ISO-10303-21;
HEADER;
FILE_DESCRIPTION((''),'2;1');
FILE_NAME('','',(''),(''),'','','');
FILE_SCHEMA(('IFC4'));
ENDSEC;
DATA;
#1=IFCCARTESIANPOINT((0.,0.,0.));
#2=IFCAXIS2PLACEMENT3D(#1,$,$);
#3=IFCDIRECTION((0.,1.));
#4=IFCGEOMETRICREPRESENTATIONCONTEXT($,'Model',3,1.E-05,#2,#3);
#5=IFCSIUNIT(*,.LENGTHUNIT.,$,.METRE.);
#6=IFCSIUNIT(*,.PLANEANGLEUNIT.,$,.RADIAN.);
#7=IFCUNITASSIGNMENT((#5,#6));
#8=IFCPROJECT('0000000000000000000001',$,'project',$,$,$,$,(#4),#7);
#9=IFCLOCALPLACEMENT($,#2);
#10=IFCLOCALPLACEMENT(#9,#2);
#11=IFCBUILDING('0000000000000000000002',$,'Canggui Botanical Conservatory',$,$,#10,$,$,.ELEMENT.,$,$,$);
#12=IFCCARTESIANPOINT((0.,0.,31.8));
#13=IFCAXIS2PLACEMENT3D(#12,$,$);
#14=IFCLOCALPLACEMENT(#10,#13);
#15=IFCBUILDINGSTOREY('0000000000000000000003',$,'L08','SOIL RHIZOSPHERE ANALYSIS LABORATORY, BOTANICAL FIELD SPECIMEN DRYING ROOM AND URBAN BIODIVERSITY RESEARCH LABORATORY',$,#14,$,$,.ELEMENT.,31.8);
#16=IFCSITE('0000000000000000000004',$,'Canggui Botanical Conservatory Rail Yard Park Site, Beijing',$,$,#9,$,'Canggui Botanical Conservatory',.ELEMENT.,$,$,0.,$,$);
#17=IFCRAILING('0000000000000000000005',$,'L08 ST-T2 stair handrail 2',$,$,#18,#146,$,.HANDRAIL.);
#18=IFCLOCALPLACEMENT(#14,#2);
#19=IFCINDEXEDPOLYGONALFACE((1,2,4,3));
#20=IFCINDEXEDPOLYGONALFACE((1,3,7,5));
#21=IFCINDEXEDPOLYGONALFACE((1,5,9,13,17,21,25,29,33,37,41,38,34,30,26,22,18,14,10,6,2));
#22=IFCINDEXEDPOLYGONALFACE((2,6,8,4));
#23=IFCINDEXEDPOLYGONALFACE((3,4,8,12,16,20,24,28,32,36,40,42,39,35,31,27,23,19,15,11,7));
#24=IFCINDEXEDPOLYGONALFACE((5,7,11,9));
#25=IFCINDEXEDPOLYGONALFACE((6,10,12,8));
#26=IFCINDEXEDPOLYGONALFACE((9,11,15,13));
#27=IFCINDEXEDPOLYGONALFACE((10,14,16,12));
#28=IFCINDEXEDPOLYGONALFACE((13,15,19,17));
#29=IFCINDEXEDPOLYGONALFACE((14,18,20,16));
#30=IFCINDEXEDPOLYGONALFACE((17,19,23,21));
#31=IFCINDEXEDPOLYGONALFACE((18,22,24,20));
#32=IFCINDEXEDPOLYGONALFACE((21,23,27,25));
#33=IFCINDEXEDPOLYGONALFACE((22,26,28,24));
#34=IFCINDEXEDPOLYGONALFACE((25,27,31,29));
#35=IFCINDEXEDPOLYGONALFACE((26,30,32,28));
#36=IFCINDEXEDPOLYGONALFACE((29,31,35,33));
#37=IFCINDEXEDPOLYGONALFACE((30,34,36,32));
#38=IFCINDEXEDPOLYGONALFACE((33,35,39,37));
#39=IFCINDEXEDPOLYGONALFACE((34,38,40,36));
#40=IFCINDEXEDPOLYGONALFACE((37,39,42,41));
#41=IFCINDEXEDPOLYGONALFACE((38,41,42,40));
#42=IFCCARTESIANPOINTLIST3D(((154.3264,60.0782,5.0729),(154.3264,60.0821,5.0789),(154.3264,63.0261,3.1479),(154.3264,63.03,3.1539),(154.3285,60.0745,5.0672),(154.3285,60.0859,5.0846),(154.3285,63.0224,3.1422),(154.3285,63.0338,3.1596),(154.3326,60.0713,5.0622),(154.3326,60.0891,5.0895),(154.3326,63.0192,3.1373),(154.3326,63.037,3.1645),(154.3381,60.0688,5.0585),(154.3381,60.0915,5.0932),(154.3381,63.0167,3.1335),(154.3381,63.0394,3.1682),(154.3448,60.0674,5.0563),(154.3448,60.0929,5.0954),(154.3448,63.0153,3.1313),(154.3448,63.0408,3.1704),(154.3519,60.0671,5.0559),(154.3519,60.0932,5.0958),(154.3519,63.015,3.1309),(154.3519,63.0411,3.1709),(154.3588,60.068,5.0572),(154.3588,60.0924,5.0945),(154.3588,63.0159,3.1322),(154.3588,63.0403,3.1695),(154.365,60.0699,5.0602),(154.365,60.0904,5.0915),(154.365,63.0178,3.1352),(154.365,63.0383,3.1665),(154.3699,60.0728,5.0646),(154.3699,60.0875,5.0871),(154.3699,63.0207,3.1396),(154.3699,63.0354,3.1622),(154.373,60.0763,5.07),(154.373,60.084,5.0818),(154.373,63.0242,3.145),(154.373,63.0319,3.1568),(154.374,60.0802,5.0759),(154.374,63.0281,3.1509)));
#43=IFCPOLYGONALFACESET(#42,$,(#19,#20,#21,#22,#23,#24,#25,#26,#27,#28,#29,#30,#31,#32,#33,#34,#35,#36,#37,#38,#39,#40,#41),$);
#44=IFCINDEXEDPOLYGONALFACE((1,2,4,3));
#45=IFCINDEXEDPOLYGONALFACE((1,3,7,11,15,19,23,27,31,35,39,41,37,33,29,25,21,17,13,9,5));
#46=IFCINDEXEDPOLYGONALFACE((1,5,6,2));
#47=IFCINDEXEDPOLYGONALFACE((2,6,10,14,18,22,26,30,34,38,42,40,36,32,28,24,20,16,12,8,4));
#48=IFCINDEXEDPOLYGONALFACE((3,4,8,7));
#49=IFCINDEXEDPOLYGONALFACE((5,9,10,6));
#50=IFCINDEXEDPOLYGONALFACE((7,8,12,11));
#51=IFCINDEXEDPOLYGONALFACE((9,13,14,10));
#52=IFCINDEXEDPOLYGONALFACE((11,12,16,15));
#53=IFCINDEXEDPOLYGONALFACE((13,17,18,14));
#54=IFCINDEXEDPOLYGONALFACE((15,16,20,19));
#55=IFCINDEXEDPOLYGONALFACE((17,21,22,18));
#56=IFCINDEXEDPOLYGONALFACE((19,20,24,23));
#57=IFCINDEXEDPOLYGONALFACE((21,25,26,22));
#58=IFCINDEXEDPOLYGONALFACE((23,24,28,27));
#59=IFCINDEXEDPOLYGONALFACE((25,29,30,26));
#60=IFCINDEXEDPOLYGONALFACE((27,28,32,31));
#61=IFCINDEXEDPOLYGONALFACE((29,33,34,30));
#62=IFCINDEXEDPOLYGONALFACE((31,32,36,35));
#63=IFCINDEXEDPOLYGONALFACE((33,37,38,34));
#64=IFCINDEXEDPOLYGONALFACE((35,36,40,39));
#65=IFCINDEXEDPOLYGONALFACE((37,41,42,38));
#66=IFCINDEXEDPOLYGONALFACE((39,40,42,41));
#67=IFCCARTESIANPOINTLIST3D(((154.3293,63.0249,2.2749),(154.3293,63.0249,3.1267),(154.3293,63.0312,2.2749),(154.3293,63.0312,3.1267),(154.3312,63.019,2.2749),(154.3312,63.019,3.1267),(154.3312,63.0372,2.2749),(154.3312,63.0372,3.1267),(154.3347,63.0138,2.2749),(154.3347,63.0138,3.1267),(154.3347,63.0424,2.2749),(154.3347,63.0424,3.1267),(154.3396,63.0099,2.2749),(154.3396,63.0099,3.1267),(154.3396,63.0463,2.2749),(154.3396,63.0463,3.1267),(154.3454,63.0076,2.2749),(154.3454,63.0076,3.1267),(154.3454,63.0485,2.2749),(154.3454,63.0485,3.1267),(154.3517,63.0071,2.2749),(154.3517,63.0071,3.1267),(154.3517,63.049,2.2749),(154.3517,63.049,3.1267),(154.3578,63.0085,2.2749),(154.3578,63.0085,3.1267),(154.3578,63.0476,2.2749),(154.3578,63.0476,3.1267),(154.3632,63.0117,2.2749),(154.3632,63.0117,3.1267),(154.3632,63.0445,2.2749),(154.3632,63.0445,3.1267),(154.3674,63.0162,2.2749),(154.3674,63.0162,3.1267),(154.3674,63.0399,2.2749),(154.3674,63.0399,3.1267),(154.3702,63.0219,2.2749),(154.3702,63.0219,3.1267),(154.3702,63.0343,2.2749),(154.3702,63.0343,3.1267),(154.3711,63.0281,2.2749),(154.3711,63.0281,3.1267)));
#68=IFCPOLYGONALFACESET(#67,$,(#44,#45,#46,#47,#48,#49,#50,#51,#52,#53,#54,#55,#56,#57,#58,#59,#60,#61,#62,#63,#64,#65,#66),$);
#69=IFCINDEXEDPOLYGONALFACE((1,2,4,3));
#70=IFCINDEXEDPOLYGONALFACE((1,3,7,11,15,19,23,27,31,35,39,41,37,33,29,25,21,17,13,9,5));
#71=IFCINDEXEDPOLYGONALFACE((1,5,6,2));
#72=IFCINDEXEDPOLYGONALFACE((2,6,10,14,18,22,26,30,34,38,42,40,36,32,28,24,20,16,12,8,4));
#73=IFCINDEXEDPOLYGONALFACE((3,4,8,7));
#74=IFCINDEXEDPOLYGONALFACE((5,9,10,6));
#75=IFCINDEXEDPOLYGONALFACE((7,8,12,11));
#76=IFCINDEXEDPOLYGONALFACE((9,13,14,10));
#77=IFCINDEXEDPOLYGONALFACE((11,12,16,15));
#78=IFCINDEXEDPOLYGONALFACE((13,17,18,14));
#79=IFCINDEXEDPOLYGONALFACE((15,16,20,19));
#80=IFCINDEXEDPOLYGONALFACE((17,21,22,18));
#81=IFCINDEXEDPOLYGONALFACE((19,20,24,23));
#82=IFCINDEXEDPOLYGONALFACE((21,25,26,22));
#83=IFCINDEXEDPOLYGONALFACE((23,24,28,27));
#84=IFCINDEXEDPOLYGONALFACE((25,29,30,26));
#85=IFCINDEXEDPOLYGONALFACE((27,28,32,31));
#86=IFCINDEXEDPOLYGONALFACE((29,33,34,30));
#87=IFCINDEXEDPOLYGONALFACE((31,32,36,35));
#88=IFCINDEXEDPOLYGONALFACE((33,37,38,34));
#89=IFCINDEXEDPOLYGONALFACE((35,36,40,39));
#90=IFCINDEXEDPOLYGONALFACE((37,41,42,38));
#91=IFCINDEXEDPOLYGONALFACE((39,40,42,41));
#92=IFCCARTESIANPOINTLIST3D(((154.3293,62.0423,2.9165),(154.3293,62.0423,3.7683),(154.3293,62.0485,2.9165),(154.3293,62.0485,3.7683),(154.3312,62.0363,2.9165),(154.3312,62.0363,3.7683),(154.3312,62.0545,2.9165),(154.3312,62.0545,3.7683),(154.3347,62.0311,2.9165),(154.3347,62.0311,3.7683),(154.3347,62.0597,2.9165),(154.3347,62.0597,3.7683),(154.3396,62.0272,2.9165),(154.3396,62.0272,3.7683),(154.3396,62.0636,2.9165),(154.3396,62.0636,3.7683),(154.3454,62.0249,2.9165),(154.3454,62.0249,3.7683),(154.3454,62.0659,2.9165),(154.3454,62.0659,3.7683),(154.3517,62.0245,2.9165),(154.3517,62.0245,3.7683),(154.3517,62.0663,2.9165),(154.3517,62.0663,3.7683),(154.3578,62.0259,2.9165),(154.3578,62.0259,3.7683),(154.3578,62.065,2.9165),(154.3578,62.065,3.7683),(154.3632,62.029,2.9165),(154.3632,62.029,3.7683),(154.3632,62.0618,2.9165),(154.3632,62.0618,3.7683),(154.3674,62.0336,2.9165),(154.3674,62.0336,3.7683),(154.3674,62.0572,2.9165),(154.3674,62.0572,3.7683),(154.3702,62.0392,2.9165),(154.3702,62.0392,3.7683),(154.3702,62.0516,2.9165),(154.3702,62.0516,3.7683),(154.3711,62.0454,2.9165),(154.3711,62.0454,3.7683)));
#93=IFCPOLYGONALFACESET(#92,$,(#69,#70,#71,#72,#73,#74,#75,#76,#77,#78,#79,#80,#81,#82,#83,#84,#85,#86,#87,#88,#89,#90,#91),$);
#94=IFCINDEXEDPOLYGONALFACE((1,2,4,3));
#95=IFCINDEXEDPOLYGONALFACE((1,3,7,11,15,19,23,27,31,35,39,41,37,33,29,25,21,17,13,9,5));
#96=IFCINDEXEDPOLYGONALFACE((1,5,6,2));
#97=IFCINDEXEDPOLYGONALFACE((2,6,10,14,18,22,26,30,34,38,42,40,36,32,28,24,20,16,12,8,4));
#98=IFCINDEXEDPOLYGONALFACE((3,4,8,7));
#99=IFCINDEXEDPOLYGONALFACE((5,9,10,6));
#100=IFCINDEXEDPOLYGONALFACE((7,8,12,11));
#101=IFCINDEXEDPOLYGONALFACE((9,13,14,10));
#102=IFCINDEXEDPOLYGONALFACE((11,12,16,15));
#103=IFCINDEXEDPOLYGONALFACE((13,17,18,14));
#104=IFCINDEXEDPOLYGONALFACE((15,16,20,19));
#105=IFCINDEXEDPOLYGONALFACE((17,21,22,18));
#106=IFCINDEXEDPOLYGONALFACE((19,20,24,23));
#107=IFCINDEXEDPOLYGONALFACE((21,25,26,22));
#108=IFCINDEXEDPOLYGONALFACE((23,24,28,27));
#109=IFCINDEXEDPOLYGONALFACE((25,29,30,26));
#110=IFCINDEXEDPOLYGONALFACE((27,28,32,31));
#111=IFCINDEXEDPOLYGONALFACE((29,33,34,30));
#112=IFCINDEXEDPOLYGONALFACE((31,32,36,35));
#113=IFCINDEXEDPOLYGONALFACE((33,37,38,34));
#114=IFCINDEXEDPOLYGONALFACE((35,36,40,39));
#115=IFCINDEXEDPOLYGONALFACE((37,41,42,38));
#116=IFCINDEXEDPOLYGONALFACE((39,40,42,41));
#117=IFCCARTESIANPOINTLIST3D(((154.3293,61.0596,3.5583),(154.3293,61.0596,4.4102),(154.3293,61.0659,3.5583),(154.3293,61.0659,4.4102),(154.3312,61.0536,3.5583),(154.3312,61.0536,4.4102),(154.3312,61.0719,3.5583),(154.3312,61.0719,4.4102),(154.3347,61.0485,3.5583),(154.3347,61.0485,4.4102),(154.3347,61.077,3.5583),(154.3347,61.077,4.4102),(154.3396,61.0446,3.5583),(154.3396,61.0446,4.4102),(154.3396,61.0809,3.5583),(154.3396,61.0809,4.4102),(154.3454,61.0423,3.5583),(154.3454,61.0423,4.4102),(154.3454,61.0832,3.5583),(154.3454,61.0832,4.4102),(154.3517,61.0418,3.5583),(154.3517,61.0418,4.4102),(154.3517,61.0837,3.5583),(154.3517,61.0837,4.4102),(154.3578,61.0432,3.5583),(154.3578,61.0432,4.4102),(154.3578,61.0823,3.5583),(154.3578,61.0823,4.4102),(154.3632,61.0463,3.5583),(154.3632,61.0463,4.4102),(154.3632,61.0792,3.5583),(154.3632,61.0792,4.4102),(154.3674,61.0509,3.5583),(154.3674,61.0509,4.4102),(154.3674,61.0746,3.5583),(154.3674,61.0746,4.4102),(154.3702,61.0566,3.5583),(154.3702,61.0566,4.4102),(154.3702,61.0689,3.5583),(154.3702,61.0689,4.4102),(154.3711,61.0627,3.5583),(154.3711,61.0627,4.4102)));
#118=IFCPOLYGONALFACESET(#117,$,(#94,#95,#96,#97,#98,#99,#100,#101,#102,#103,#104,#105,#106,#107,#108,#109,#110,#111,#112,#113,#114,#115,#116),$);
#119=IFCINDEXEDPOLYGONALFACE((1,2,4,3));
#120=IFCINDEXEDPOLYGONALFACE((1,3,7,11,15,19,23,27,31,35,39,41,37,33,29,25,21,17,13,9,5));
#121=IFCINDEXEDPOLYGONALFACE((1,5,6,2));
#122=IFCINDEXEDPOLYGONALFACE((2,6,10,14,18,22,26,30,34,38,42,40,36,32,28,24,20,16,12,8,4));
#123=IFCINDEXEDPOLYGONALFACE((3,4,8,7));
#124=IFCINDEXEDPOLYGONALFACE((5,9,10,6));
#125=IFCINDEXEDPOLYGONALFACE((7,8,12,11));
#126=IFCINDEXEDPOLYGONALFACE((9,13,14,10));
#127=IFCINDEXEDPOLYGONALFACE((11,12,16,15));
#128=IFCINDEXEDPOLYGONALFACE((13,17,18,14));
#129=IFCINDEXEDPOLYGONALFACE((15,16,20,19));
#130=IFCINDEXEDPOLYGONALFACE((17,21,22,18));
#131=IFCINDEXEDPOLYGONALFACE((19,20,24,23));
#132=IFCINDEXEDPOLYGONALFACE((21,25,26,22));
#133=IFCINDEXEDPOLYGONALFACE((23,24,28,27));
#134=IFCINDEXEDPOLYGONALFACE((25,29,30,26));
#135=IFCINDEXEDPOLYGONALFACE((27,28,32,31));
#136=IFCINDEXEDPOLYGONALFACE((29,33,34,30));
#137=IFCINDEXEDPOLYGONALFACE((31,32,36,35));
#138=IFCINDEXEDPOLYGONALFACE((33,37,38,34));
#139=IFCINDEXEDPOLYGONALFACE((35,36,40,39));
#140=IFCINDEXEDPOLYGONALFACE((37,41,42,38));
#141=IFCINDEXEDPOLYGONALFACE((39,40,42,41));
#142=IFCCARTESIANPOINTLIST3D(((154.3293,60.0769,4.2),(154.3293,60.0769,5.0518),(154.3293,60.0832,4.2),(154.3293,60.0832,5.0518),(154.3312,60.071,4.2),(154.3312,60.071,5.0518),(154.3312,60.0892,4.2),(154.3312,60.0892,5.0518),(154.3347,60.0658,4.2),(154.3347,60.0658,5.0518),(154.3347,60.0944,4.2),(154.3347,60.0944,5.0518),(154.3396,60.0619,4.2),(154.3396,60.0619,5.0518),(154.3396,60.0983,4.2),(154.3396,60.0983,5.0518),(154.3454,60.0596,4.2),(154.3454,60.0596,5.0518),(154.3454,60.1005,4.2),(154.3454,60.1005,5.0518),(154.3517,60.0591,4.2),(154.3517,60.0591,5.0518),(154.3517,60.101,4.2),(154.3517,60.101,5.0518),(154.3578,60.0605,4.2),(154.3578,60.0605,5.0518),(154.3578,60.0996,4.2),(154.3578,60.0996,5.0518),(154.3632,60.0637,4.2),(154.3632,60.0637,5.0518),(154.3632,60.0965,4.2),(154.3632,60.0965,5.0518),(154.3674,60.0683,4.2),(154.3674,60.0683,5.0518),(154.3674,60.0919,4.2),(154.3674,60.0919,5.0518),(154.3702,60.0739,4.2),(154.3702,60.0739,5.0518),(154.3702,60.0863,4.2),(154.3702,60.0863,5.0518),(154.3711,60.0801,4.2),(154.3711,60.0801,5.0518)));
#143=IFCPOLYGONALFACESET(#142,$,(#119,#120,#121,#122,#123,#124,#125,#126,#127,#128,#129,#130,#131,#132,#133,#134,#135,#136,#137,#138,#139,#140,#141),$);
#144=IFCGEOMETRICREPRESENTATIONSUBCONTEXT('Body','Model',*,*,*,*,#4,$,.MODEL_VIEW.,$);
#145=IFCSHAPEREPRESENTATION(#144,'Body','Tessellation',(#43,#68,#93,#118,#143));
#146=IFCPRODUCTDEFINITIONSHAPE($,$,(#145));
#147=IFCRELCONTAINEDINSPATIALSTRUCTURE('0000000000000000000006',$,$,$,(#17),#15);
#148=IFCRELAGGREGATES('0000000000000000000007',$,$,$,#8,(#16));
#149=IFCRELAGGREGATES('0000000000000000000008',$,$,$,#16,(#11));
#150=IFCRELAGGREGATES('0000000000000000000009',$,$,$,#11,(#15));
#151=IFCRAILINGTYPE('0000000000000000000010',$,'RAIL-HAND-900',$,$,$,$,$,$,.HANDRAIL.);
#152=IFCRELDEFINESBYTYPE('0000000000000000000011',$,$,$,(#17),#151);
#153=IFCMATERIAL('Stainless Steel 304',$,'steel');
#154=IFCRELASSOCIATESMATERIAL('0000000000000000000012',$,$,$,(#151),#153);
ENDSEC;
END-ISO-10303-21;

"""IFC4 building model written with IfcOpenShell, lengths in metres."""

from ifc_helpers import new_model, si_unit, direction, frame, origin, origin_2d, place, context, subcontext, project, spatial, circle, extrude, material, type_object, element, save


model = new_model("IFC4")

# Units and contexts
model_context = context("Model", 3, precision=1e-05, world=origin(), true_north=direction((0.0, 1.0)))
body_context = subcontext(model_context, "Body", "Model", "MODEL_VIEW")
ifc_project = project(units=[si_unit("LENGTHUNIT", "METRE"), si_unit("PLANEANGLEUNIT", "RADIAN")], contexts=[model_context])

# Site, building, storey
site_placement = place(None, origin())
site = spatial("IfcSite", under=ifc_project, at=site_placement, Name="Canggui Botanical Conservatory Rail Yard Park Site, Beijing", LongName="Canggui Botanical Conservatory", CompositionType="ELEMENT", RefElevation=0.0)
building_placement = place(site_placement, origin())
building = spatial("IfcBuilding", under=site, at=building_placement, Name="Canggui Botanical Conservatory", CompositionType="ELEMENT")
storey_placement = place(building_placement, frame((0.0, 0.0, 31.8)))
storey = spatial("IfcBuildingStorey", under=building, at=storey_placement, Name="L08", Description="SOIL RHIZOSPHERE ANALYSIS LABORATORY, BOTANICAL FIELD SPECIMEN DRYING ROOM AND URBAN BIODIVERSITY RESEARCH LABORATORY", CompositionType="ELEMENT", Elevation=31.8)

# Shared definitions
ifc_material_1 = material(Name="Stainless Steel 304", Category="steel")

# Railing
railing_type = type_object("IfcRailingType", Name="RAIL-HAND-900", PredefinedType="HANDRAIL", material=ifc_material_1)
railing_placement = place(storey_placement, frame((154.3501, 63.0281, 2.2749)))
element("IfcRailing", 1, at=railing_placement, inside=storey, type_object=railing_type, Name="L08 ST-T2 stair handrail 2", PredefinedType="HANDRAIL", context=body_context, shape_type="SweptSolid", body=[
    extrude(circle(Radius=0.0239, at=origin_2d()), frame((0.0, 0.0, 0.876), z_axis=(0.0, -0.837293, 0.546754), x_axis=(1.0, 0.0, 0.0)), (0.0, 0.0, 1.0), 3.5208),
    extrude(circle(Radius=0.021, at=origin_2d()), origin(), (0.0, 0.0, 1.0), 0.8518),
    extrude(circle(Radius=0.021, at=origin_2d()), frame((0.0, -0.9827, 0.6416)), (0.0, 0.0, 1.0), 0.8518),
    extrude(circle(Radius=0.021, at=origin_2d()), frame((0.0, -1.9653, 1.2834)), (0.0, 0.0, 1.0), 0.8518),
    extrude(circle(Radius=0.021, at=origin_2d()), frame((0.0, -2.948, 1.925)), (0.0, 0.0, 1.0), 0.8518),
])

save(model, "model.ifc")
